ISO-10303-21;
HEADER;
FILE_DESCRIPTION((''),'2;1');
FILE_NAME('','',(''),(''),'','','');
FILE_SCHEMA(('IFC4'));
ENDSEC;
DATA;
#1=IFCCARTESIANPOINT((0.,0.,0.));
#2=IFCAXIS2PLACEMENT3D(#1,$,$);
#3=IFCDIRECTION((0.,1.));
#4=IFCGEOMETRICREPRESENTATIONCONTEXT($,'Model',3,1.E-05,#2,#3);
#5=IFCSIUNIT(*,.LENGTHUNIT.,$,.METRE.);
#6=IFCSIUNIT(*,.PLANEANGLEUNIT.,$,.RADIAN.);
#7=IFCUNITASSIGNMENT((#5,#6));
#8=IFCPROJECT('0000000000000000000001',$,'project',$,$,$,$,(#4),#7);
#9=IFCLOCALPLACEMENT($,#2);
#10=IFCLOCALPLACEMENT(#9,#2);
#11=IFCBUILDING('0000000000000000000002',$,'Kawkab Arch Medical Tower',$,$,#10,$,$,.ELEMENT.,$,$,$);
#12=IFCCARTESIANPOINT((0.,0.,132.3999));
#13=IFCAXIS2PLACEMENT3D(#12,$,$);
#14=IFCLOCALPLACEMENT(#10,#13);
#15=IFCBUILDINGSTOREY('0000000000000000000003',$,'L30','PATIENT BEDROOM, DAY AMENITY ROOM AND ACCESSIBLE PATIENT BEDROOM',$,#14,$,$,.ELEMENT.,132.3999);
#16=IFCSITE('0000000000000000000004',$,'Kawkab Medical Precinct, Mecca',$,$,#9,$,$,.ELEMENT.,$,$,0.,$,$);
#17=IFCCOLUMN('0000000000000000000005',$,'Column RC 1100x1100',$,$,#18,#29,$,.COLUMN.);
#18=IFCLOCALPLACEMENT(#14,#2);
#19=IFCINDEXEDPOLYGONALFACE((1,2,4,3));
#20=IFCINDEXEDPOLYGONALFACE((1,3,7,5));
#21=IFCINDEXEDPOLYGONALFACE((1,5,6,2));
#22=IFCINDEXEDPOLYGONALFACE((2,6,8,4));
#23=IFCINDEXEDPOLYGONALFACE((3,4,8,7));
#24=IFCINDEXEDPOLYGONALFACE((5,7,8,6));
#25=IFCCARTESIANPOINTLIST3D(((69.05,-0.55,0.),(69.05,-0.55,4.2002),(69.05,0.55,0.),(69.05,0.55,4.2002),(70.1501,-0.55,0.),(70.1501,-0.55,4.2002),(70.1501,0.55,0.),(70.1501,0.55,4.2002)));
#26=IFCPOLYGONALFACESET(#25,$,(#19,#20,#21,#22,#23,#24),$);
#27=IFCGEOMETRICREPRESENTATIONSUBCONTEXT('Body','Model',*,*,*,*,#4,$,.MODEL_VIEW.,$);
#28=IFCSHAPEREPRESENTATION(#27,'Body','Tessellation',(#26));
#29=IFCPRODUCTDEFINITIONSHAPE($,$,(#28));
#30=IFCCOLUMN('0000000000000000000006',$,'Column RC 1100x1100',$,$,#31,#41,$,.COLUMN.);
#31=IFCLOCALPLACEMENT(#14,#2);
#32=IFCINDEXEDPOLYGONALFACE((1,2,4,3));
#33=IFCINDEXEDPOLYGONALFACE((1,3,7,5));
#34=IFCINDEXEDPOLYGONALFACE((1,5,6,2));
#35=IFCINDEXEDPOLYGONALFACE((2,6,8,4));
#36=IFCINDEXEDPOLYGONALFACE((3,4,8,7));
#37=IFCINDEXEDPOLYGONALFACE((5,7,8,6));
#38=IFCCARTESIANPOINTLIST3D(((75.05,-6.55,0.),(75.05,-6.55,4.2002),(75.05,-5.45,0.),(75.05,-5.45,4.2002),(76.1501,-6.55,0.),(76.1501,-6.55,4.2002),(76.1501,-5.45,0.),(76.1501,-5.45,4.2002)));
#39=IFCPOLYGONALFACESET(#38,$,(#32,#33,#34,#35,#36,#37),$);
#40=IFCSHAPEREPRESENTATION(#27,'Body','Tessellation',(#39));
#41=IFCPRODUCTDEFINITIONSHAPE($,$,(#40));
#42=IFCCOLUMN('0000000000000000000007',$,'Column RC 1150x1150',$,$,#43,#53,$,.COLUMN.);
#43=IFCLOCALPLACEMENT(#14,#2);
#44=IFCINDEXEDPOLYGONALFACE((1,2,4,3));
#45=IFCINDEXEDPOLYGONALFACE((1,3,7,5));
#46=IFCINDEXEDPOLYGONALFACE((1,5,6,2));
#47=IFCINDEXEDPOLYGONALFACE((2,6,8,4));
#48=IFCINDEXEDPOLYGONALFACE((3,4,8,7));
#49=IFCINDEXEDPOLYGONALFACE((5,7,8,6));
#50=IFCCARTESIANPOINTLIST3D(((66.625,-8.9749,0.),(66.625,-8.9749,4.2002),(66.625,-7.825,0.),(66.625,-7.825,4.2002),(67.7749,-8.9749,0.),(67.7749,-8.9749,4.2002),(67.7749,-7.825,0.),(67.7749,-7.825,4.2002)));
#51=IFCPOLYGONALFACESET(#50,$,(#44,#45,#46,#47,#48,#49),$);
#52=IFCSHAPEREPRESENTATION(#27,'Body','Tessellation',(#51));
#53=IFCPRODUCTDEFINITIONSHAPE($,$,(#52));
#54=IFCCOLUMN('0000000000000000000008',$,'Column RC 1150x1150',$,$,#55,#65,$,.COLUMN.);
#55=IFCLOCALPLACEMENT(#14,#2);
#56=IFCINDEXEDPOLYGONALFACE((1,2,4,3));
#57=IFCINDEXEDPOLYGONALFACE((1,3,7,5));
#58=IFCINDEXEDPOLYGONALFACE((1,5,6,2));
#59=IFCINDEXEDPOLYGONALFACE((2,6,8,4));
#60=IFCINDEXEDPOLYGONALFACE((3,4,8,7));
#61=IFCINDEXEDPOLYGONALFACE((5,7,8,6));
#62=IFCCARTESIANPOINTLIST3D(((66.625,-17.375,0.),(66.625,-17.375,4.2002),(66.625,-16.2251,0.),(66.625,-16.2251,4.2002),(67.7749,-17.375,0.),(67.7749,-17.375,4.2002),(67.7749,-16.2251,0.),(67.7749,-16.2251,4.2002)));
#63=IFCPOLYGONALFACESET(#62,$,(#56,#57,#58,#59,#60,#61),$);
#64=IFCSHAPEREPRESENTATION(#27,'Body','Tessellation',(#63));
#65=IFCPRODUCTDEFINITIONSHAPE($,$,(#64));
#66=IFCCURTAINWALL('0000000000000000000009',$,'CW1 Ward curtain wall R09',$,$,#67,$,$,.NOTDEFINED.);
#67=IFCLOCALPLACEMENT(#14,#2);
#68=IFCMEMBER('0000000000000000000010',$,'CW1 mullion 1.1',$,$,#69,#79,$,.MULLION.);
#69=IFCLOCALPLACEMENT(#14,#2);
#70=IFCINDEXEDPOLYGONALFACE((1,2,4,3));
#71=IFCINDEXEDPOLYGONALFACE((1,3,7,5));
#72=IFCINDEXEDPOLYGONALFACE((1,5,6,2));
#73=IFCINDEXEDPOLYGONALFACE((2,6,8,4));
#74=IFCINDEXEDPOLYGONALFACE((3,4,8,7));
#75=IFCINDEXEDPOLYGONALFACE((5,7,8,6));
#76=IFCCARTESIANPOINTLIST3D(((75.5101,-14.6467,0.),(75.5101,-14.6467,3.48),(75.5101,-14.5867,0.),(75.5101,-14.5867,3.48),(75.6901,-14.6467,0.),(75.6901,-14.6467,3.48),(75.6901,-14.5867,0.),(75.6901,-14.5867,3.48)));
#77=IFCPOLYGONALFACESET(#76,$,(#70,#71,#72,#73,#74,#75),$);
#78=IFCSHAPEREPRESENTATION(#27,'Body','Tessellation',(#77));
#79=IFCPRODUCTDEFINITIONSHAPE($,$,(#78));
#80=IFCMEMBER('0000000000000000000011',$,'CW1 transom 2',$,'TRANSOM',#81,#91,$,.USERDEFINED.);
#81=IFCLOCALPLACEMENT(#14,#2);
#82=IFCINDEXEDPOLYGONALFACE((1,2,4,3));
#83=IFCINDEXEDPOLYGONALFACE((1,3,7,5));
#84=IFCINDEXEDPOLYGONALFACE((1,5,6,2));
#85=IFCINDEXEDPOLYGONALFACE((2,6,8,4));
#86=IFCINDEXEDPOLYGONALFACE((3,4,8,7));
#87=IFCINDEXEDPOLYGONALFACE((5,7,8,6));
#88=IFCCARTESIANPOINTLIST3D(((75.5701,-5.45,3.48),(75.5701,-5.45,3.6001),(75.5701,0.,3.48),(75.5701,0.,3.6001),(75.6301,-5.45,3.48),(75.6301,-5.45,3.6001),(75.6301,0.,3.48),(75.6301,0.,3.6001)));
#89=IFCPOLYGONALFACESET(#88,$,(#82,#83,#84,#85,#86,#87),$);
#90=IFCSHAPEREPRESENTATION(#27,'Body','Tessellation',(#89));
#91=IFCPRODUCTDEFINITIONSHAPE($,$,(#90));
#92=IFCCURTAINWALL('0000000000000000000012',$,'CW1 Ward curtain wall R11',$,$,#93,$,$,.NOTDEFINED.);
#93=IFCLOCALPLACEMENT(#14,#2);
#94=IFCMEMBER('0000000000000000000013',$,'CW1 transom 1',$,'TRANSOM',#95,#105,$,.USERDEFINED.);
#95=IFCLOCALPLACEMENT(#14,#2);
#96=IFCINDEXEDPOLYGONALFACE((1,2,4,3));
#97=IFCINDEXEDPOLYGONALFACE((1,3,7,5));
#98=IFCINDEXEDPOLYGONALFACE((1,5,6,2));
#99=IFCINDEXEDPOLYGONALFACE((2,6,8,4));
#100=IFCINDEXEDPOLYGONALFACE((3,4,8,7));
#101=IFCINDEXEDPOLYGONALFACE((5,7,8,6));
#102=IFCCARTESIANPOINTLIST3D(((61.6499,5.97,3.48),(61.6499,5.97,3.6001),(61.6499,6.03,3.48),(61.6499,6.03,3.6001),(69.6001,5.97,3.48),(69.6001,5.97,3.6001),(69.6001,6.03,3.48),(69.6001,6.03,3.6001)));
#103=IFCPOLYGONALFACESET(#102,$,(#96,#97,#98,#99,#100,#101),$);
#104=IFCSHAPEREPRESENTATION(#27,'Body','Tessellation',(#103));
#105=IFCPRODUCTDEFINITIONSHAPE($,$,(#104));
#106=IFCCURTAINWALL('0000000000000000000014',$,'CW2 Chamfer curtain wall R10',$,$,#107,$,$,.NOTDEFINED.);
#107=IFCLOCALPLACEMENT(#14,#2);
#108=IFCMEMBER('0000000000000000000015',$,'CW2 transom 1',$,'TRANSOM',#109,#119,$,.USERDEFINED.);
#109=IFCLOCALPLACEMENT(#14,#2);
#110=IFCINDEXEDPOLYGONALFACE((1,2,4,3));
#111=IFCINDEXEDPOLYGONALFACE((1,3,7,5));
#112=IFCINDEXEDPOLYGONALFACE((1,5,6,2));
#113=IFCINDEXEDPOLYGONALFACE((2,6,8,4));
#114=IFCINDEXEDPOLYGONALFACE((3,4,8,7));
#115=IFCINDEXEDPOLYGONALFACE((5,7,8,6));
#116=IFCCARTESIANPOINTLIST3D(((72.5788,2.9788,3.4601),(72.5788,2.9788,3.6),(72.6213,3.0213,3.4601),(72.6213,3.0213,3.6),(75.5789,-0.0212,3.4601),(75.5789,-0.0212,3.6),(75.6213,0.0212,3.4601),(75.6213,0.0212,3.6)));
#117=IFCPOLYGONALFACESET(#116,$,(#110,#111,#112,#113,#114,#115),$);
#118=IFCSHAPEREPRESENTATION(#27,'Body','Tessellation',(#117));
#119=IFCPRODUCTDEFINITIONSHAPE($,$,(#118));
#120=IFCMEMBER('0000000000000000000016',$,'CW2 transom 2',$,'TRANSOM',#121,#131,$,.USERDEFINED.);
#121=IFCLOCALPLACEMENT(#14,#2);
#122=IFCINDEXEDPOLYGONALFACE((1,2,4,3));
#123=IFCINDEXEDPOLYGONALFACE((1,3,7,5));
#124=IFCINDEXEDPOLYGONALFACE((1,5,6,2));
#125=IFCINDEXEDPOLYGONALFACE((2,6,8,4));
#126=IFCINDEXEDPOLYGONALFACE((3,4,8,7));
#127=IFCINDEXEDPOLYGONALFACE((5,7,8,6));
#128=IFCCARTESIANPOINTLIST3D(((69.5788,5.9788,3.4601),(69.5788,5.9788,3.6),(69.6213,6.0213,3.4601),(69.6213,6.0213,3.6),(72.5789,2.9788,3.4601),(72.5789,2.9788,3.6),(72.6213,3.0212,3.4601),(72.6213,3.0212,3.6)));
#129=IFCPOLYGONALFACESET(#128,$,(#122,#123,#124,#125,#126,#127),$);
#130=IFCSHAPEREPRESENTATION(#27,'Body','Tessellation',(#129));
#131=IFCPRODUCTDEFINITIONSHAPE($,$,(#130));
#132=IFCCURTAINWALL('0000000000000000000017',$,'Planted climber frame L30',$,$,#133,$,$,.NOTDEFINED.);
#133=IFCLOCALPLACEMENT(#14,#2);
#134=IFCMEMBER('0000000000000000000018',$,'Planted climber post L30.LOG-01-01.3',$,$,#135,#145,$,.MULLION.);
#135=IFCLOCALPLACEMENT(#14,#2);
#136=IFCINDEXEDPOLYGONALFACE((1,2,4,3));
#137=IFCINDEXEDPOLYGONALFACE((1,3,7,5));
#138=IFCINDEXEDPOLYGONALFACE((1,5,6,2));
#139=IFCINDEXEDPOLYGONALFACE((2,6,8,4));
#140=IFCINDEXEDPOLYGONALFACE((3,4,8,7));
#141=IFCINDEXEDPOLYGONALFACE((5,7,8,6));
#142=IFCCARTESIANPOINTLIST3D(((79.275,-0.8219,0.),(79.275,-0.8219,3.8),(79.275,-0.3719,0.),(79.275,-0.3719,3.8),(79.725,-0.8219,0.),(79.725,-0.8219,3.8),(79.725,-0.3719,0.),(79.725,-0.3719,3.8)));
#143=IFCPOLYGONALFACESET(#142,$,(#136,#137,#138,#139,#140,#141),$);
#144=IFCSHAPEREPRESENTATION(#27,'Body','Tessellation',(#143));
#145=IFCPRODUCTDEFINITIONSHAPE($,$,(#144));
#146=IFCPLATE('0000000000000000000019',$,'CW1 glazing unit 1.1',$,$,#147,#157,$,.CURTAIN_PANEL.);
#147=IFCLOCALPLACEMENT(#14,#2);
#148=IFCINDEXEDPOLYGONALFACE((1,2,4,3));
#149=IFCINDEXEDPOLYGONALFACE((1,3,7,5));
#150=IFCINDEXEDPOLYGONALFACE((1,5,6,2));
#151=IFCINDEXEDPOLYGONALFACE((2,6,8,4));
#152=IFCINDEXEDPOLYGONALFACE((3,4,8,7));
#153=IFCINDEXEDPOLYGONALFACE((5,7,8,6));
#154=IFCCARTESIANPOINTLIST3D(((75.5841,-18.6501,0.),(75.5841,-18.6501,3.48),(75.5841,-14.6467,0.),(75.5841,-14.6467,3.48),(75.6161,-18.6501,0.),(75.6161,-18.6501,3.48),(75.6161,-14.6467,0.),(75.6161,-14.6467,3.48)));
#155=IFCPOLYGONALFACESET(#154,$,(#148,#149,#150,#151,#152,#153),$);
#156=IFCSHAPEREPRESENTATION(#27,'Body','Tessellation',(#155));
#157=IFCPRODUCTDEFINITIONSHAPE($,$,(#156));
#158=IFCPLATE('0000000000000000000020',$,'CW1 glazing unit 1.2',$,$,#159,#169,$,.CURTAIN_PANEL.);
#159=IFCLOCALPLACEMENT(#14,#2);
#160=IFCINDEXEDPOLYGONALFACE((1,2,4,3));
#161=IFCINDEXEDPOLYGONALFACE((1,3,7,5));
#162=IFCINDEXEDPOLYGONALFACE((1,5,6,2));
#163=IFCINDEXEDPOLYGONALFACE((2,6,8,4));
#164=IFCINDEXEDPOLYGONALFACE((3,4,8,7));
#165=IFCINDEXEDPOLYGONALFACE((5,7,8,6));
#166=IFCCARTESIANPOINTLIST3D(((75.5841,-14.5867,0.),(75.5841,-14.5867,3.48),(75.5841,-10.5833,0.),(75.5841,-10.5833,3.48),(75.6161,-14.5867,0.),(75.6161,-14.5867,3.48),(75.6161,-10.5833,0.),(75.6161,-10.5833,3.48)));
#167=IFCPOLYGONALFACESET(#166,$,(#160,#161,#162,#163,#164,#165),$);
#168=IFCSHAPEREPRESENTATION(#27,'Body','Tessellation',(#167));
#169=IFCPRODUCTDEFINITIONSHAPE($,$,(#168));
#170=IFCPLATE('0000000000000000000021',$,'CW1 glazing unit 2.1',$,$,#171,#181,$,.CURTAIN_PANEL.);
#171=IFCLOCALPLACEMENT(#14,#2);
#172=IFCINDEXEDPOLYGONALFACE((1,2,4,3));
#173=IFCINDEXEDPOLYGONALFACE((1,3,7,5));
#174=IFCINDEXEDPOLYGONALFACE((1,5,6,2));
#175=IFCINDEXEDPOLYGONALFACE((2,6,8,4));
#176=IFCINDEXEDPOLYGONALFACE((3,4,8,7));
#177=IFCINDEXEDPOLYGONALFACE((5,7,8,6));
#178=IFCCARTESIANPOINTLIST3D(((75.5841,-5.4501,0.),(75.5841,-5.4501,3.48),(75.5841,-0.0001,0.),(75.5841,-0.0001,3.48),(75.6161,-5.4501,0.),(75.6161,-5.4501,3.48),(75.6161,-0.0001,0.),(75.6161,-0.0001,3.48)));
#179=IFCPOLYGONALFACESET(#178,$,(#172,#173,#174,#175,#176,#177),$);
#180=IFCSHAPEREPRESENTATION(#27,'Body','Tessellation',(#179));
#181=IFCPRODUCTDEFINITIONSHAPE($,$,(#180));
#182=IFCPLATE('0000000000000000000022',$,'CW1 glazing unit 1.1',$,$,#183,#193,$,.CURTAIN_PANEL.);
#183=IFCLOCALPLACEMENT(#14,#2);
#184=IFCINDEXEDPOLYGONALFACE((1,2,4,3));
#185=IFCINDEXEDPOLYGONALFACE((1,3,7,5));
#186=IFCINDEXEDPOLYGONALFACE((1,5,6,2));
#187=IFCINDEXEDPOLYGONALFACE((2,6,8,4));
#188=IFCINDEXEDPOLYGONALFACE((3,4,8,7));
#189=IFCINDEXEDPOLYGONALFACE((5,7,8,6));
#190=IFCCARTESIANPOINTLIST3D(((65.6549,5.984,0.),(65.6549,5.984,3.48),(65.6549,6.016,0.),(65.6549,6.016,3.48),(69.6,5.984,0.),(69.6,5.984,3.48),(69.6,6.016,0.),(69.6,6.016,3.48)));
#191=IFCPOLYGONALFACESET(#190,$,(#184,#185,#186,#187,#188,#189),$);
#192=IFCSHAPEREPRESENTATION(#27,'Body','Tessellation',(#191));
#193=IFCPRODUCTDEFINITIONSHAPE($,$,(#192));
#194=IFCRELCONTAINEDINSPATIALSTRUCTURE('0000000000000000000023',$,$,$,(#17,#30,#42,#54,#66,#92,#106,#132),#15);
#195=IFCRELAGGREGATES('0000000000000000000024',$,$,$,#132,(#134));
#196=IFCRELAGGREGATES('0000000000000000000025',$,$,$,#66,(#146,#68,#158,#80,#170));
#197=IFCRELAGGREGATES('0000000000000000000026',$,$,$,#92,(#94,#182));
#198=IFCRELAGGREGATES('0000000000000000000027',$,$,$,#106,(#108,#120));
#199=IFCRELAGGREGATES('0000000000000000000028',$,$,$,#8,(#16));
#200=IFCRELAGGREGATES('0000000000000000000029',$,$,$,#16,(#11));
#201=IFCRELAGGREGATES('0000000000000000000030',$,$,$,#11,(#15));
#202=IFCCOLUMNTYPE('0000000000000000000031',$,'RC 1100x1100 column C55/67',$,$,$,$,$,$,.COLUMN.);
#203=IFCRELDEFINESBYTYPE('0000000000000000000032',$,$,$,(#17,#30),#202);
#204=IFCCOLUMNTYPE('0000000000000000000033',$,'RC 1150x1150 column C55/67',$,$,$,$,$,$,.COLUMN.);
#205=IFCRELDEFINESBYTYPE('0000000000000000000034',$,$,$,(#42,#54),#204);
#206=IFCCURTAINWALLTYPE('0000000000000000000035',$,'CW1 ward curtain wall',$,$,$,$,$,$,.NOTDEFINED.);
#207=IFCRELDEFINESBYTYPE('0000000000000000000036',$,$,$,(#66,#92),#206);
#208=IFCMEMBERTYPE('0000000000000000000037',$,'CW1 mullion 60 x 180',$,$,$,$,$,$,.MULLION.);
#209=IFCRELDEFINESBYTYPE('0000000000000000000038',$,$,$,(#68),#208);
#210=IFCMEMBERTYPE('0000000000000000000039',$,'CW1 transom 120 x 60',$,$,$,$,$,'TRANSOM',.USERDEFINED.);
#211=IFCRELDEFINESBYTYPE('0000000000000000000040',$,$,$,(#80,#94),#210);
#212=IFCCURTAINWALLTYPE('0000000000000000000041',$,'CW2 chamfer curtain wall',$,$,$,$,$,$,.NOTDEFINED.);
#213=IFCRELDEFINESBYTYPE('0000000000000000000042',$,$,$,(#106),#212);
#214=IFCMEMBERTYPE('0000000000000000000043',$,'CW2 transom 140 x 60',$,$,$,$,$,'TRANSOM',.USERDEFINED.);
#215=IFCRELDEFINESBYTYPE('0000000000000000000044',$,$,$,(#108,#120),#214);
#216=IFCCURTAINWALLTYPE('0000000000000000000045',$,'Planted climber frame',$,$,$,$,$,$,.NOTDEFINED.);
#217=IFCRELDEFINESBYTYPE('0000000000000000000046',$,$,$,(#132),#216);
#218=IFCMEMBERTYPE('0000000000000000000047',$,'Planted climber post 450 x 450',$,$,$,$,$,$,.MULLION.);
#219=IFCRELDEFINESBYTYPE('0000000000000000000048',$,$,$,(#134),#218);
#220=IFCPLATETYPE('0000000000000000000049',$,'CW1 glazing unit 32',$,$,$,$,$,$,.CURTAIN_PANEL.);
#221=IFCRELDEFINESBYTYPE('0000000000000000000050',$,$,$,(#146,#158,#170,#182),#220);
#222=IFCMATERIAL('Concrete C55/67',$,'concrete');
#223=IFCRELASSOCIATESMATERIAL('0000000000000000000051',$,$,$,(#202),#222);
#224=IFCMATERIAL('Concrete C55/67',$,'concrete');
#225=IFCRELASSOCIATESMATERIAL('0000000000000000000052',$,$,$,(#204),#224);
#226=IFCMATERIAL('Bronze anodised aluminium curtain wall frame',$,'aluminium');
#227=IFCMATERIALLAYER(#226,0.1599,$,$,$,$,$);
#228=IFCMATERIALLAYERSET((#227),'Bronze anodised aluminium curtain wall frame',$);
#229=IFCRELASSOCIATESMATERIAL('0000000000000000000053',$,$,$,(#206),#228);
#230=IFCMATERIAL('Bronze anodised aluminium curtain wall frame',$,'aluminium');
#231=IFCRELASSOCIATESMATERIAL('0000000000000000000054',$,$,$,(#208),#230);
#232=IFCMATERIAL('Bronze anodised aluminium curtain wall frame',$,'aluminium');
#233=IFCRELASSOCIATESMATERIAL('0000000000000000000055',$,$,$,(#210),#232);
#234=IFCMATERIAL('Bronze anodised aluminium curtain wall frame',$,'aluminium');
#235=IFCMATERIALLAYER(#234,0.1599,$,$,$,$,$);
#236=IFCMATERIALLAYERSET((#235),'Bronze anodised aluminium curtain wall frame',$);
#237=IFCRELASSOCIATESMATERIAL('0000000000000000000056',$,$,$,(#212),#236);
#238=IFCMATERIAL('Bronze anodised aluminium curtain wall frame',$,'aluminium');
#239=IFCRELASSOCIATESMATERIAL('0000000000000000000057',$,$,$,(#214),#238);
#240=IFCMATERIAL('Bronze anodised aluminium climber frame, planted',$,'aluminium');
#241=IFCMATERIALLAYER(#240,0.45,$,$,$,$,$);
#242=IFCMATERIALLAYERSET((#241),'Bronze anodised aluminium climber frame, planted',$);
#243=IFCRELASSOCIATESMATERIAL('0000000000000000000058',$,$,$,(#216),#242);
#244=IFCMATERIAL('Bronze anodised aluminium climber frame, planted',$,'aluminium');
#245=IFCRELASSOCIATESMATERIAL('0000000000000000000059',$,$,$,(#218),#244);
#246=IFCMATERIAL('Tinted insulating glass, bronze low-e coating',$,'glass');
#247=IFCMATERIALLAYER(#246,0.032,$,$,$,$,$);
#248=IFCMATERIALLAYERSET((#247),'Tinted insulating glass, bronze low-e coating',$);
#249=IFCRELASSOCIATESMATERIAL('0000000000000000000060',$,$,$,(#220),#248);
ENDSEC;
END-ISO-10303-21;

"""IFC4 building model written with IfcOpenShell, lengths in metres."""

from ifc_helpers import new_model, si_unit, direction, frame, origin, origin_2d, place, context, subcontext, project, spatial, rectangle, extrude, material, layer, layer_set, material_profile, profile_set, type_object, element, aggregate, save


model = new_model("IFC4")

# Units and contexts
model_context = context("Model", 3, precision=1e-05, world=origin(), true_north=direction((0.0, 1.0)))
body_context = subcontext(model_context, "Body", "Model", "MODEL_VIEW")
ifc_project = project(units=[si_unit("LENGTHUNIT", "METRE"), si_unit("PLANEANGLEUNIT", "RADIAN")], contexts=[model_context])

# Site, building, storey
site_placement = place(None, origin())
site = spatial("IfcSite", under=ifc_project, at=site_placement, Name="Kawkab Medical Precinct, Mecca", CompositionType="ELEMENT", RefElevation=0.0)
building_placement = place(site_placement, origin())
building = spatial("IfcBuilding", under=site, at=building_placement, Name="Kawkab Arch Medical Tower", CompositionType="ELEMENT")
storey_placement = place(building_placement, frame((0.0, 0.0, 132.3999)))
storey = spatial("IfcBuildingStorey", under=building, at=storey_placement, Name="L30", Description="PATIENT BEDROOM, DAY AMENITY ROOM AND ACCESSIBLE PATIENT BEDROOM", CompositionType="ELEMENT", Elevation=132.3999)

# Columns
ifc_material_1 = material(Name="Concrete C55/67", Category="concrete")
ifc_material_profile_1 = material_profile(ifc_material_1, rectangle(XDim=1.1001, YDim=1.1001, at=origin_2d()), Name="RC 1100x1100")
ifc_profile_set_1 = profile_set([ifc_material_profile_1], Name="Concrete C55/67")
column_type_1 = type_object("IfcColumnType", Name="RC 1100x1100 column C55/67", PredefinedType="COLUMN", material=ifc_profile_set_1)
for number, where, z_axis, x_axis, name in (
    (1, (69.6001, 0.0, 0.0), (0.0, 0.0, 1.0), (1.0, 0.0, 0.0), "Column RC 1100x1100"),
    (2, (75.6001, -6.0, 0.0), (0.0, 0.0, 1.0), (1.0, 0.0, 0.0), "Column RC 1100x1100"),
):
    element("IfcColumn", number, at=place(storey_placement, frame(where, z_axis=z_axis, x_axis=x_axis)), inside=storey, type_object=column_type_1, Name=name, PredefinedType="COLUMN", context=body_context, shape_type="SweptSolid", body=[
        extrude(rectangle(XDim=1.1001, YDim=1.1001, at=origin_2d()), origin(), (0.0, 0.0, 1.0), 4.2002),
    ])
ifc_material_2 = material(Name="Concrete C55/67", Category="concrete")
ifc_material_profile_2 = material_profile(ifc_material_2, rectangle(XDim=1.1499, YDim=1.1499, at=origin_2d()), Name="RC 1150x1150")
ifc_profile_set_2 = profile_set([ifc_material_profile_2], Name="Concrete C55/67")
column_type_2 = type_object("IfcColumnType", Name="RC 1150x1150 column C55/67", PredefinedType="COLUMN", material=ifc_profile_set_2)
for number, where, z_axis, x_axis, name in (
    (3, (67.2, -8.3999, 0.0), (0.0, 0.0, 1.0), (1.0, 0.0, 0.0), "Column RC 1150x1150"),
    (4, (67.2, -16.8, 0.0), (0.0, 0.0, 1.0), (1.0, 0.0, 0.0), "Column RC 1150x1150"),
):
    element("IfcColumn", number, at=place(storey_placement, frame(where, z_axis=z_axis, x_axis=x_axis)), inside=storey, type_object=column_type_2, Name=name, PredefinedType="COLUMN", context=body_context, shape_type="SweptSolid", body=[
        extrude(rectangle(XDim=1.1499, YDim=1.1499, at=origin_2d()), origin(), (0.0, 0.0, 1.0), 4.2002),
    ])

# Curtain wall, members
ifc_material_3 = material(Name="Bronze anodised aluminium curtain wall frame", Category="aluminium")
ifc_layer_1 = layer(ifc_material_3, 0.1599)
ifc_layer_set_1 = layer_set([ifc_layer_1], Name="Bronze anodised aluminium curtain wall frame")
curtain_wall_type_1 = type_object("IfcCurtainWallType", Name="CW1 ward curtain wall", PredefinedType="NOTDEFINED", material=ifc_layer_set_1)
placement = place(storey_placement, origin())
curtain_wall_1 = element("IfcCurtainWall", 5, at=placement, inside=storey, type_object=curtain_wall_type_1, Name="CW1 Ward curtain wall R09", PredefinedType="NOTDEFINED")
ifc_material_4 = material(Name="Bronze anodised aluminium curtain wall frame", Category="aluminium")
ifc_material_profile_3 = material_profile(ifc_material_4, rectangle(XDim=0.1799, YDim=0.0601, at=origin_2d()), Name="AL 60x180")
ifc_profile_set_3 = profile_set([ifc_material_profile_3], Name="Bronze anodised aluminium curtain wall frame")
member_type_1 = type_object("IfcMemberType", Name="CW1 mullion 60 x 180", PredefinedType="MULLION", material=ifc_profile_set_3)
member_1_placement = place(storey_placement, frame((75.6001, -14.6167, 0.0), z_axis=(0.0, 0.0, 1.0), x_axis=(-1.0, 0.0, 0.0)))
member_1 = element("IfcMember", 6, at=member_1_placement, type_object=member_type_1, Name="CW1 mullion 1.1", PredefinedType="MULLION", context=body_context, shape_type="SweptSolid", body=[
    extrude(rectangle(XDim=0.1799, YDim=0.0601, at=origin_2d()), origin(), (0.0, 0.0, 1.0), 3.48),
])
ifc_material_5 = material(Name="Bronze anodised aluminium curtain wall frame", Category="aluminium")
ifc_material_profile_4 = material_profile(ifc_material_5, rectangle(XDim=0.0601, YDim=0.1201, at=origin_2d()), Name="AL 60x120")
ifc_profile_set_4 = profile_set([ifc_material_profile_4], Name="Bronze anodised aluminium curtain wall frame")
member_type_2 = type_object("IfcMemberType", Name="CW1 transom 120 x 60", ElementType="TRANSOM", PredefinedType="USERDEFINED", material=ifc_profile_set_4)
member_2_placement = place(storey_placement, frame((75.6001, -5.45, 3.54), z_axis=(0.0, 1.0, 0.0), x_axis=(-1.0, 0.0, 0.0)))
member_2 = element("IfcMember", 7, at=member_2_placement, type_object=member_type_2, Name="CW1 transom 2", ObjectType="TRANSOM", PredefinedType="USERDEFINED", context=body_context, shape_type="SweptSolid", body=[
    extrude(rectangle(XDim=0.0601, YDim=0.1201, at=origin_2d()), origin(), (0.0, 0.0, 1.0), 5.45),
])

# Curtain wall, member
curtain_wall_2 = element("IfcCurtainWall", 8, at=placement, inside=storey, type_object=curtain_wall_type_1, Name="CW1 Ward curtain wall R11", PredefinedType="NOTDEFINED")
member_3_placement = place(storey_placement, frame((69.6001, 6.0, 3.54), z_axis=(-1.0, 0.0, 0.0), x_axis=(0.0, -1.0, 0.0)))
member_3 = element("IfcMember", 9, at=member_3_placement, type_object=member_type_2, Name="CW1 transom 1", ObjectType="TRANSOM", PredefinedType="USERDEFINED", context=body_context, shape_type="SweptSolid", body=[
    extrude(rectangle(XDim=0.0601, YDim=0.1201, at=origin_2d()), origin(), (0.0, 0.0, 1.0), 7.9502),
])

# Curtain wall, members
ifc_material_6 = material(Name="Bronze anodised aluminium curtain wall frame", Category="aluminium")
ifc_layer_2 = layer(ifc_material_6, 0.1599)
ifc_layer_set_2 = layer_set([ifc_layer_2], Name="Bronze anodised aluminium curtain wall frame")
curtain_wall_type_2 = type_object("IfcCurtainWallType", Name="CW2 chamfer curtain wall", PredefinedType="NOTDEFINED", material=ifc_layer_set_2)
curtain_wall_3 = element("IfcCurtainWall", 10, at=placement, inside=storey, type_object=curtain_wall_type_2, Name="CW2 Chamfer curtain wall R10", PredefinedType="NOTDEFINED")
ifc_material_7 = material(Name="Bronze anodised aluminium curtain wall frame", Category="aluminium")
ifc_material_profile_5 = material_profile(ifc_material_7, rectangle(XDim=0.0601, YDim=0.1399, at=origin_2d()), Name="AL 60x140")
ifc_profile_set_5 = profile_set([ifc_material_profile_5], Name="Bronze anodised aluminium curtain wall frame")
member_type_3 = type_object("IfcMemberType", Name="CW2 transom 140 x 60", ElementType="TRANSOM", PredefinedType="USERDEFINED", material=ifc_profile_set_5)
member_4_placement = place(storey_placement, frame((75.6001, 0.0, 3.53), z_axis=(-0.707107, 0.707107, 0.0), x_axis=(-0.707107, -0.707107, 0.0)))
member_4 = element("IfcMember", 11, at=member_4_placement, type_object=member_type_3, Name="CW2 transom 1", ObjectType="TRANSOM", PredefinedType="USERDEFINED", context=body_context, shape_type="SweptSolid", body=[
    extrude(rectangle(XDim=0.0601, YDim=0.1399, at=origin_2d()), origin(), (0.0, 0.0, 1.0), 4.2427),
])
member_5_placement = place(storey_placement, frame((72.6001, 3.0, 3.53), z_axis=(-0.707107, 0.707107, 0.0), x_axis=(-0.707107, -0.707107, 0.0)))
member_5 = element("IfcMember", 12, at=member_5_placement, type_object=member_type_3, Name="CW2 transom 2", ObjectType="TRANSOM", PredefinedType="USERDEFINED", context=body_context, shape_type="SweptSolid", body=[
    extrude(rectangle(XDim=0.0601, YDim=0.1399, at=origin_2d()), origin(), (0.0, 0.0, 1.0), 4.2427),
])

# Curtain wall, member
ifc_material_8 = material(Name="Bronze anodised aluminium climber frame, planted", Category="aluminium")
ifc_layer_3 = layer(ifc_material_8, 0.45)
ifc_layer_set_3 = layer_set([ifc_layer_3], Name="Bronze anodised aluminium climber frame, planted")
curtain_wall_type_3 = type_object("IfcCurtainWallType", Name="Planted climber frame", PredefinedType="NOTDEFINED", material=ifc_layer_set_3)
curtain_wall_4 = element("IfcCurtainWall", 13, at=placement, inside=storey, type_object=curtain_wall_type_3, Name="Planted climber frame L30", PredefinedType="NOTDEFINED")
ifc_material_9 = material(Name="Bronze anodised aluminium climber frame, planted", Category="aluminium")
ifc_material_profile_6 = material_profile(ifc_material_9, rectangle(XDim=0.45, YDim=0.45, at=origin_2d()), Name="Post 450x450")
ifc_profile_set_6 = profile_set([ifc_material_profile_6], Name="Bronze anodised aluminium climber frame, planted")
member_type_4 = type_object("IfcMemberType", Name="Planted climber post 450 x 450", PredefinedType="MULLION", material=ifc_profile_set_6)
member_6_placement = place(storey_placement, frame((79.5, -0.5969, 0.0), z_axis=(0.0, 0.0, 1.0), x_axis=(1.0, 0.0, 0.0)))
member_6 = element("IfcMember", 14, at=member_6_placement, type_object=member_type_4, Name="Planted climber post L30.LOG-01-01.3", PredefinedType="MULLION", context=body_context, shape_type="SweptSolid", body=[
    extrude(rectangle(XDim=0.45, YDim=0.45, at=origin_2d()), origin(), (0.0, 0.0, 1.0), 3.8),
])
aggregate(curtain_wall_4, [member_6])

# Plates
ifc_material_10 = material(Name="Tinted insulating glass, bronze low-e coating", Category="glass")
ifc_layer_4 = layer(ifc_material_10, 0.032)
ifc_layer_set_4 = layer_set([ifc_layer_4], Name="Tinted insulating glass, bronze low-e coating")
plate_type_1 = type_object("IfcPlateType", Name="CW1 glazing unit 32", PredefinedType="CURTAIN_PANEL", material=ifc_layer_set_4)
plate_1_placement = place(storey_placement, frame((75.6001, -16.6484, 0.0), z_axis=(0.0, 0.0, 1.0), x_axis=(0.0, 1.0, 0.0)))
plate_1 = element("IfcPlate", 15, at=plate_1_placement, type_object=plate_type_1, Name="CW1 glazing unit 1.1", PredefinedType="CURTAIN_PANEL", context=body_context, shape_type="SweptSolid", body=[
    extrude(rectangle(XDim=4.0034, YDim=0.032, at=origin_2d()), origin(), (0.0, 0.0, 1.0), 3.48),
])
plate_2_placement = place(storey_placement, frame((75.6001, -12.585, 0.0), z_axis=(0.0, 0.0, 1.0), x_axis=(0.0, 1.0, 0.0)))
plate_2 = element("IfcPlate", 16, at=plate_2_placement, type_object=plate_type_1, Name="CW1 glazing unit 1.2", PredefinedType="CURTAIN_PANEL", context=body_context, shape_type="SweptSolid", body=[
    extrude(rectangle(XDim=4.0034, YDim=0.032, at=origin_2d()), origin(), (0.0, 0.0, 1.0), 3.48),
])
plate_3_placement = place(storey_placement, frame((75.6001, -2.7251, 0.0), z_axis=(0.0, 0.0, 1.0), x_axis=(0.0, 1.0, 0.0)))
plate_3 = element("IfcPlate", 17, at=plate_3_placement, type_object=plate_type_1, Name="CW1 glazing unit 2.1", PredefinedType="CURTAIN_PANEL", context=body_context, shape_type="SweptSolid", body=[
    extrude(rectangle(XDim=5.45, YDim=0.032, at=origin_2d()), origin(), (0.0, 0.0, 1.0), 3.48),
])
aggregate(curtain_wall_1, [plate_1, member_1, plate_2, member_2, plate_3])
plate_4_placement = place(storey_placement, frame((67.6274, 6.0, 0.0), z_axis=(0.0, 0.0, 1.0), x_axis=(-1.0, 0.0, 0.0)))
plate_4 = element("IfcPlate", 18, at=plate_4_placement, type_object=plate_type_1, Name="CW1 glazing unit 1.1", PredefinedType="CURTAIN_PANEL", context=body_context, shape_type="SweptSolid", body=[
    extrude(rectangle(XDim=3.9451, YDim=0.032, at=origin_2d()), origin(), (0.0, 0.0, 1.0), 3.48),
])
aggregate(curtain_wall_2, [member_3, plate_4])
aggregate(curtain_wall_3, [member_4, member_5])

save(model, "model.ifc")
